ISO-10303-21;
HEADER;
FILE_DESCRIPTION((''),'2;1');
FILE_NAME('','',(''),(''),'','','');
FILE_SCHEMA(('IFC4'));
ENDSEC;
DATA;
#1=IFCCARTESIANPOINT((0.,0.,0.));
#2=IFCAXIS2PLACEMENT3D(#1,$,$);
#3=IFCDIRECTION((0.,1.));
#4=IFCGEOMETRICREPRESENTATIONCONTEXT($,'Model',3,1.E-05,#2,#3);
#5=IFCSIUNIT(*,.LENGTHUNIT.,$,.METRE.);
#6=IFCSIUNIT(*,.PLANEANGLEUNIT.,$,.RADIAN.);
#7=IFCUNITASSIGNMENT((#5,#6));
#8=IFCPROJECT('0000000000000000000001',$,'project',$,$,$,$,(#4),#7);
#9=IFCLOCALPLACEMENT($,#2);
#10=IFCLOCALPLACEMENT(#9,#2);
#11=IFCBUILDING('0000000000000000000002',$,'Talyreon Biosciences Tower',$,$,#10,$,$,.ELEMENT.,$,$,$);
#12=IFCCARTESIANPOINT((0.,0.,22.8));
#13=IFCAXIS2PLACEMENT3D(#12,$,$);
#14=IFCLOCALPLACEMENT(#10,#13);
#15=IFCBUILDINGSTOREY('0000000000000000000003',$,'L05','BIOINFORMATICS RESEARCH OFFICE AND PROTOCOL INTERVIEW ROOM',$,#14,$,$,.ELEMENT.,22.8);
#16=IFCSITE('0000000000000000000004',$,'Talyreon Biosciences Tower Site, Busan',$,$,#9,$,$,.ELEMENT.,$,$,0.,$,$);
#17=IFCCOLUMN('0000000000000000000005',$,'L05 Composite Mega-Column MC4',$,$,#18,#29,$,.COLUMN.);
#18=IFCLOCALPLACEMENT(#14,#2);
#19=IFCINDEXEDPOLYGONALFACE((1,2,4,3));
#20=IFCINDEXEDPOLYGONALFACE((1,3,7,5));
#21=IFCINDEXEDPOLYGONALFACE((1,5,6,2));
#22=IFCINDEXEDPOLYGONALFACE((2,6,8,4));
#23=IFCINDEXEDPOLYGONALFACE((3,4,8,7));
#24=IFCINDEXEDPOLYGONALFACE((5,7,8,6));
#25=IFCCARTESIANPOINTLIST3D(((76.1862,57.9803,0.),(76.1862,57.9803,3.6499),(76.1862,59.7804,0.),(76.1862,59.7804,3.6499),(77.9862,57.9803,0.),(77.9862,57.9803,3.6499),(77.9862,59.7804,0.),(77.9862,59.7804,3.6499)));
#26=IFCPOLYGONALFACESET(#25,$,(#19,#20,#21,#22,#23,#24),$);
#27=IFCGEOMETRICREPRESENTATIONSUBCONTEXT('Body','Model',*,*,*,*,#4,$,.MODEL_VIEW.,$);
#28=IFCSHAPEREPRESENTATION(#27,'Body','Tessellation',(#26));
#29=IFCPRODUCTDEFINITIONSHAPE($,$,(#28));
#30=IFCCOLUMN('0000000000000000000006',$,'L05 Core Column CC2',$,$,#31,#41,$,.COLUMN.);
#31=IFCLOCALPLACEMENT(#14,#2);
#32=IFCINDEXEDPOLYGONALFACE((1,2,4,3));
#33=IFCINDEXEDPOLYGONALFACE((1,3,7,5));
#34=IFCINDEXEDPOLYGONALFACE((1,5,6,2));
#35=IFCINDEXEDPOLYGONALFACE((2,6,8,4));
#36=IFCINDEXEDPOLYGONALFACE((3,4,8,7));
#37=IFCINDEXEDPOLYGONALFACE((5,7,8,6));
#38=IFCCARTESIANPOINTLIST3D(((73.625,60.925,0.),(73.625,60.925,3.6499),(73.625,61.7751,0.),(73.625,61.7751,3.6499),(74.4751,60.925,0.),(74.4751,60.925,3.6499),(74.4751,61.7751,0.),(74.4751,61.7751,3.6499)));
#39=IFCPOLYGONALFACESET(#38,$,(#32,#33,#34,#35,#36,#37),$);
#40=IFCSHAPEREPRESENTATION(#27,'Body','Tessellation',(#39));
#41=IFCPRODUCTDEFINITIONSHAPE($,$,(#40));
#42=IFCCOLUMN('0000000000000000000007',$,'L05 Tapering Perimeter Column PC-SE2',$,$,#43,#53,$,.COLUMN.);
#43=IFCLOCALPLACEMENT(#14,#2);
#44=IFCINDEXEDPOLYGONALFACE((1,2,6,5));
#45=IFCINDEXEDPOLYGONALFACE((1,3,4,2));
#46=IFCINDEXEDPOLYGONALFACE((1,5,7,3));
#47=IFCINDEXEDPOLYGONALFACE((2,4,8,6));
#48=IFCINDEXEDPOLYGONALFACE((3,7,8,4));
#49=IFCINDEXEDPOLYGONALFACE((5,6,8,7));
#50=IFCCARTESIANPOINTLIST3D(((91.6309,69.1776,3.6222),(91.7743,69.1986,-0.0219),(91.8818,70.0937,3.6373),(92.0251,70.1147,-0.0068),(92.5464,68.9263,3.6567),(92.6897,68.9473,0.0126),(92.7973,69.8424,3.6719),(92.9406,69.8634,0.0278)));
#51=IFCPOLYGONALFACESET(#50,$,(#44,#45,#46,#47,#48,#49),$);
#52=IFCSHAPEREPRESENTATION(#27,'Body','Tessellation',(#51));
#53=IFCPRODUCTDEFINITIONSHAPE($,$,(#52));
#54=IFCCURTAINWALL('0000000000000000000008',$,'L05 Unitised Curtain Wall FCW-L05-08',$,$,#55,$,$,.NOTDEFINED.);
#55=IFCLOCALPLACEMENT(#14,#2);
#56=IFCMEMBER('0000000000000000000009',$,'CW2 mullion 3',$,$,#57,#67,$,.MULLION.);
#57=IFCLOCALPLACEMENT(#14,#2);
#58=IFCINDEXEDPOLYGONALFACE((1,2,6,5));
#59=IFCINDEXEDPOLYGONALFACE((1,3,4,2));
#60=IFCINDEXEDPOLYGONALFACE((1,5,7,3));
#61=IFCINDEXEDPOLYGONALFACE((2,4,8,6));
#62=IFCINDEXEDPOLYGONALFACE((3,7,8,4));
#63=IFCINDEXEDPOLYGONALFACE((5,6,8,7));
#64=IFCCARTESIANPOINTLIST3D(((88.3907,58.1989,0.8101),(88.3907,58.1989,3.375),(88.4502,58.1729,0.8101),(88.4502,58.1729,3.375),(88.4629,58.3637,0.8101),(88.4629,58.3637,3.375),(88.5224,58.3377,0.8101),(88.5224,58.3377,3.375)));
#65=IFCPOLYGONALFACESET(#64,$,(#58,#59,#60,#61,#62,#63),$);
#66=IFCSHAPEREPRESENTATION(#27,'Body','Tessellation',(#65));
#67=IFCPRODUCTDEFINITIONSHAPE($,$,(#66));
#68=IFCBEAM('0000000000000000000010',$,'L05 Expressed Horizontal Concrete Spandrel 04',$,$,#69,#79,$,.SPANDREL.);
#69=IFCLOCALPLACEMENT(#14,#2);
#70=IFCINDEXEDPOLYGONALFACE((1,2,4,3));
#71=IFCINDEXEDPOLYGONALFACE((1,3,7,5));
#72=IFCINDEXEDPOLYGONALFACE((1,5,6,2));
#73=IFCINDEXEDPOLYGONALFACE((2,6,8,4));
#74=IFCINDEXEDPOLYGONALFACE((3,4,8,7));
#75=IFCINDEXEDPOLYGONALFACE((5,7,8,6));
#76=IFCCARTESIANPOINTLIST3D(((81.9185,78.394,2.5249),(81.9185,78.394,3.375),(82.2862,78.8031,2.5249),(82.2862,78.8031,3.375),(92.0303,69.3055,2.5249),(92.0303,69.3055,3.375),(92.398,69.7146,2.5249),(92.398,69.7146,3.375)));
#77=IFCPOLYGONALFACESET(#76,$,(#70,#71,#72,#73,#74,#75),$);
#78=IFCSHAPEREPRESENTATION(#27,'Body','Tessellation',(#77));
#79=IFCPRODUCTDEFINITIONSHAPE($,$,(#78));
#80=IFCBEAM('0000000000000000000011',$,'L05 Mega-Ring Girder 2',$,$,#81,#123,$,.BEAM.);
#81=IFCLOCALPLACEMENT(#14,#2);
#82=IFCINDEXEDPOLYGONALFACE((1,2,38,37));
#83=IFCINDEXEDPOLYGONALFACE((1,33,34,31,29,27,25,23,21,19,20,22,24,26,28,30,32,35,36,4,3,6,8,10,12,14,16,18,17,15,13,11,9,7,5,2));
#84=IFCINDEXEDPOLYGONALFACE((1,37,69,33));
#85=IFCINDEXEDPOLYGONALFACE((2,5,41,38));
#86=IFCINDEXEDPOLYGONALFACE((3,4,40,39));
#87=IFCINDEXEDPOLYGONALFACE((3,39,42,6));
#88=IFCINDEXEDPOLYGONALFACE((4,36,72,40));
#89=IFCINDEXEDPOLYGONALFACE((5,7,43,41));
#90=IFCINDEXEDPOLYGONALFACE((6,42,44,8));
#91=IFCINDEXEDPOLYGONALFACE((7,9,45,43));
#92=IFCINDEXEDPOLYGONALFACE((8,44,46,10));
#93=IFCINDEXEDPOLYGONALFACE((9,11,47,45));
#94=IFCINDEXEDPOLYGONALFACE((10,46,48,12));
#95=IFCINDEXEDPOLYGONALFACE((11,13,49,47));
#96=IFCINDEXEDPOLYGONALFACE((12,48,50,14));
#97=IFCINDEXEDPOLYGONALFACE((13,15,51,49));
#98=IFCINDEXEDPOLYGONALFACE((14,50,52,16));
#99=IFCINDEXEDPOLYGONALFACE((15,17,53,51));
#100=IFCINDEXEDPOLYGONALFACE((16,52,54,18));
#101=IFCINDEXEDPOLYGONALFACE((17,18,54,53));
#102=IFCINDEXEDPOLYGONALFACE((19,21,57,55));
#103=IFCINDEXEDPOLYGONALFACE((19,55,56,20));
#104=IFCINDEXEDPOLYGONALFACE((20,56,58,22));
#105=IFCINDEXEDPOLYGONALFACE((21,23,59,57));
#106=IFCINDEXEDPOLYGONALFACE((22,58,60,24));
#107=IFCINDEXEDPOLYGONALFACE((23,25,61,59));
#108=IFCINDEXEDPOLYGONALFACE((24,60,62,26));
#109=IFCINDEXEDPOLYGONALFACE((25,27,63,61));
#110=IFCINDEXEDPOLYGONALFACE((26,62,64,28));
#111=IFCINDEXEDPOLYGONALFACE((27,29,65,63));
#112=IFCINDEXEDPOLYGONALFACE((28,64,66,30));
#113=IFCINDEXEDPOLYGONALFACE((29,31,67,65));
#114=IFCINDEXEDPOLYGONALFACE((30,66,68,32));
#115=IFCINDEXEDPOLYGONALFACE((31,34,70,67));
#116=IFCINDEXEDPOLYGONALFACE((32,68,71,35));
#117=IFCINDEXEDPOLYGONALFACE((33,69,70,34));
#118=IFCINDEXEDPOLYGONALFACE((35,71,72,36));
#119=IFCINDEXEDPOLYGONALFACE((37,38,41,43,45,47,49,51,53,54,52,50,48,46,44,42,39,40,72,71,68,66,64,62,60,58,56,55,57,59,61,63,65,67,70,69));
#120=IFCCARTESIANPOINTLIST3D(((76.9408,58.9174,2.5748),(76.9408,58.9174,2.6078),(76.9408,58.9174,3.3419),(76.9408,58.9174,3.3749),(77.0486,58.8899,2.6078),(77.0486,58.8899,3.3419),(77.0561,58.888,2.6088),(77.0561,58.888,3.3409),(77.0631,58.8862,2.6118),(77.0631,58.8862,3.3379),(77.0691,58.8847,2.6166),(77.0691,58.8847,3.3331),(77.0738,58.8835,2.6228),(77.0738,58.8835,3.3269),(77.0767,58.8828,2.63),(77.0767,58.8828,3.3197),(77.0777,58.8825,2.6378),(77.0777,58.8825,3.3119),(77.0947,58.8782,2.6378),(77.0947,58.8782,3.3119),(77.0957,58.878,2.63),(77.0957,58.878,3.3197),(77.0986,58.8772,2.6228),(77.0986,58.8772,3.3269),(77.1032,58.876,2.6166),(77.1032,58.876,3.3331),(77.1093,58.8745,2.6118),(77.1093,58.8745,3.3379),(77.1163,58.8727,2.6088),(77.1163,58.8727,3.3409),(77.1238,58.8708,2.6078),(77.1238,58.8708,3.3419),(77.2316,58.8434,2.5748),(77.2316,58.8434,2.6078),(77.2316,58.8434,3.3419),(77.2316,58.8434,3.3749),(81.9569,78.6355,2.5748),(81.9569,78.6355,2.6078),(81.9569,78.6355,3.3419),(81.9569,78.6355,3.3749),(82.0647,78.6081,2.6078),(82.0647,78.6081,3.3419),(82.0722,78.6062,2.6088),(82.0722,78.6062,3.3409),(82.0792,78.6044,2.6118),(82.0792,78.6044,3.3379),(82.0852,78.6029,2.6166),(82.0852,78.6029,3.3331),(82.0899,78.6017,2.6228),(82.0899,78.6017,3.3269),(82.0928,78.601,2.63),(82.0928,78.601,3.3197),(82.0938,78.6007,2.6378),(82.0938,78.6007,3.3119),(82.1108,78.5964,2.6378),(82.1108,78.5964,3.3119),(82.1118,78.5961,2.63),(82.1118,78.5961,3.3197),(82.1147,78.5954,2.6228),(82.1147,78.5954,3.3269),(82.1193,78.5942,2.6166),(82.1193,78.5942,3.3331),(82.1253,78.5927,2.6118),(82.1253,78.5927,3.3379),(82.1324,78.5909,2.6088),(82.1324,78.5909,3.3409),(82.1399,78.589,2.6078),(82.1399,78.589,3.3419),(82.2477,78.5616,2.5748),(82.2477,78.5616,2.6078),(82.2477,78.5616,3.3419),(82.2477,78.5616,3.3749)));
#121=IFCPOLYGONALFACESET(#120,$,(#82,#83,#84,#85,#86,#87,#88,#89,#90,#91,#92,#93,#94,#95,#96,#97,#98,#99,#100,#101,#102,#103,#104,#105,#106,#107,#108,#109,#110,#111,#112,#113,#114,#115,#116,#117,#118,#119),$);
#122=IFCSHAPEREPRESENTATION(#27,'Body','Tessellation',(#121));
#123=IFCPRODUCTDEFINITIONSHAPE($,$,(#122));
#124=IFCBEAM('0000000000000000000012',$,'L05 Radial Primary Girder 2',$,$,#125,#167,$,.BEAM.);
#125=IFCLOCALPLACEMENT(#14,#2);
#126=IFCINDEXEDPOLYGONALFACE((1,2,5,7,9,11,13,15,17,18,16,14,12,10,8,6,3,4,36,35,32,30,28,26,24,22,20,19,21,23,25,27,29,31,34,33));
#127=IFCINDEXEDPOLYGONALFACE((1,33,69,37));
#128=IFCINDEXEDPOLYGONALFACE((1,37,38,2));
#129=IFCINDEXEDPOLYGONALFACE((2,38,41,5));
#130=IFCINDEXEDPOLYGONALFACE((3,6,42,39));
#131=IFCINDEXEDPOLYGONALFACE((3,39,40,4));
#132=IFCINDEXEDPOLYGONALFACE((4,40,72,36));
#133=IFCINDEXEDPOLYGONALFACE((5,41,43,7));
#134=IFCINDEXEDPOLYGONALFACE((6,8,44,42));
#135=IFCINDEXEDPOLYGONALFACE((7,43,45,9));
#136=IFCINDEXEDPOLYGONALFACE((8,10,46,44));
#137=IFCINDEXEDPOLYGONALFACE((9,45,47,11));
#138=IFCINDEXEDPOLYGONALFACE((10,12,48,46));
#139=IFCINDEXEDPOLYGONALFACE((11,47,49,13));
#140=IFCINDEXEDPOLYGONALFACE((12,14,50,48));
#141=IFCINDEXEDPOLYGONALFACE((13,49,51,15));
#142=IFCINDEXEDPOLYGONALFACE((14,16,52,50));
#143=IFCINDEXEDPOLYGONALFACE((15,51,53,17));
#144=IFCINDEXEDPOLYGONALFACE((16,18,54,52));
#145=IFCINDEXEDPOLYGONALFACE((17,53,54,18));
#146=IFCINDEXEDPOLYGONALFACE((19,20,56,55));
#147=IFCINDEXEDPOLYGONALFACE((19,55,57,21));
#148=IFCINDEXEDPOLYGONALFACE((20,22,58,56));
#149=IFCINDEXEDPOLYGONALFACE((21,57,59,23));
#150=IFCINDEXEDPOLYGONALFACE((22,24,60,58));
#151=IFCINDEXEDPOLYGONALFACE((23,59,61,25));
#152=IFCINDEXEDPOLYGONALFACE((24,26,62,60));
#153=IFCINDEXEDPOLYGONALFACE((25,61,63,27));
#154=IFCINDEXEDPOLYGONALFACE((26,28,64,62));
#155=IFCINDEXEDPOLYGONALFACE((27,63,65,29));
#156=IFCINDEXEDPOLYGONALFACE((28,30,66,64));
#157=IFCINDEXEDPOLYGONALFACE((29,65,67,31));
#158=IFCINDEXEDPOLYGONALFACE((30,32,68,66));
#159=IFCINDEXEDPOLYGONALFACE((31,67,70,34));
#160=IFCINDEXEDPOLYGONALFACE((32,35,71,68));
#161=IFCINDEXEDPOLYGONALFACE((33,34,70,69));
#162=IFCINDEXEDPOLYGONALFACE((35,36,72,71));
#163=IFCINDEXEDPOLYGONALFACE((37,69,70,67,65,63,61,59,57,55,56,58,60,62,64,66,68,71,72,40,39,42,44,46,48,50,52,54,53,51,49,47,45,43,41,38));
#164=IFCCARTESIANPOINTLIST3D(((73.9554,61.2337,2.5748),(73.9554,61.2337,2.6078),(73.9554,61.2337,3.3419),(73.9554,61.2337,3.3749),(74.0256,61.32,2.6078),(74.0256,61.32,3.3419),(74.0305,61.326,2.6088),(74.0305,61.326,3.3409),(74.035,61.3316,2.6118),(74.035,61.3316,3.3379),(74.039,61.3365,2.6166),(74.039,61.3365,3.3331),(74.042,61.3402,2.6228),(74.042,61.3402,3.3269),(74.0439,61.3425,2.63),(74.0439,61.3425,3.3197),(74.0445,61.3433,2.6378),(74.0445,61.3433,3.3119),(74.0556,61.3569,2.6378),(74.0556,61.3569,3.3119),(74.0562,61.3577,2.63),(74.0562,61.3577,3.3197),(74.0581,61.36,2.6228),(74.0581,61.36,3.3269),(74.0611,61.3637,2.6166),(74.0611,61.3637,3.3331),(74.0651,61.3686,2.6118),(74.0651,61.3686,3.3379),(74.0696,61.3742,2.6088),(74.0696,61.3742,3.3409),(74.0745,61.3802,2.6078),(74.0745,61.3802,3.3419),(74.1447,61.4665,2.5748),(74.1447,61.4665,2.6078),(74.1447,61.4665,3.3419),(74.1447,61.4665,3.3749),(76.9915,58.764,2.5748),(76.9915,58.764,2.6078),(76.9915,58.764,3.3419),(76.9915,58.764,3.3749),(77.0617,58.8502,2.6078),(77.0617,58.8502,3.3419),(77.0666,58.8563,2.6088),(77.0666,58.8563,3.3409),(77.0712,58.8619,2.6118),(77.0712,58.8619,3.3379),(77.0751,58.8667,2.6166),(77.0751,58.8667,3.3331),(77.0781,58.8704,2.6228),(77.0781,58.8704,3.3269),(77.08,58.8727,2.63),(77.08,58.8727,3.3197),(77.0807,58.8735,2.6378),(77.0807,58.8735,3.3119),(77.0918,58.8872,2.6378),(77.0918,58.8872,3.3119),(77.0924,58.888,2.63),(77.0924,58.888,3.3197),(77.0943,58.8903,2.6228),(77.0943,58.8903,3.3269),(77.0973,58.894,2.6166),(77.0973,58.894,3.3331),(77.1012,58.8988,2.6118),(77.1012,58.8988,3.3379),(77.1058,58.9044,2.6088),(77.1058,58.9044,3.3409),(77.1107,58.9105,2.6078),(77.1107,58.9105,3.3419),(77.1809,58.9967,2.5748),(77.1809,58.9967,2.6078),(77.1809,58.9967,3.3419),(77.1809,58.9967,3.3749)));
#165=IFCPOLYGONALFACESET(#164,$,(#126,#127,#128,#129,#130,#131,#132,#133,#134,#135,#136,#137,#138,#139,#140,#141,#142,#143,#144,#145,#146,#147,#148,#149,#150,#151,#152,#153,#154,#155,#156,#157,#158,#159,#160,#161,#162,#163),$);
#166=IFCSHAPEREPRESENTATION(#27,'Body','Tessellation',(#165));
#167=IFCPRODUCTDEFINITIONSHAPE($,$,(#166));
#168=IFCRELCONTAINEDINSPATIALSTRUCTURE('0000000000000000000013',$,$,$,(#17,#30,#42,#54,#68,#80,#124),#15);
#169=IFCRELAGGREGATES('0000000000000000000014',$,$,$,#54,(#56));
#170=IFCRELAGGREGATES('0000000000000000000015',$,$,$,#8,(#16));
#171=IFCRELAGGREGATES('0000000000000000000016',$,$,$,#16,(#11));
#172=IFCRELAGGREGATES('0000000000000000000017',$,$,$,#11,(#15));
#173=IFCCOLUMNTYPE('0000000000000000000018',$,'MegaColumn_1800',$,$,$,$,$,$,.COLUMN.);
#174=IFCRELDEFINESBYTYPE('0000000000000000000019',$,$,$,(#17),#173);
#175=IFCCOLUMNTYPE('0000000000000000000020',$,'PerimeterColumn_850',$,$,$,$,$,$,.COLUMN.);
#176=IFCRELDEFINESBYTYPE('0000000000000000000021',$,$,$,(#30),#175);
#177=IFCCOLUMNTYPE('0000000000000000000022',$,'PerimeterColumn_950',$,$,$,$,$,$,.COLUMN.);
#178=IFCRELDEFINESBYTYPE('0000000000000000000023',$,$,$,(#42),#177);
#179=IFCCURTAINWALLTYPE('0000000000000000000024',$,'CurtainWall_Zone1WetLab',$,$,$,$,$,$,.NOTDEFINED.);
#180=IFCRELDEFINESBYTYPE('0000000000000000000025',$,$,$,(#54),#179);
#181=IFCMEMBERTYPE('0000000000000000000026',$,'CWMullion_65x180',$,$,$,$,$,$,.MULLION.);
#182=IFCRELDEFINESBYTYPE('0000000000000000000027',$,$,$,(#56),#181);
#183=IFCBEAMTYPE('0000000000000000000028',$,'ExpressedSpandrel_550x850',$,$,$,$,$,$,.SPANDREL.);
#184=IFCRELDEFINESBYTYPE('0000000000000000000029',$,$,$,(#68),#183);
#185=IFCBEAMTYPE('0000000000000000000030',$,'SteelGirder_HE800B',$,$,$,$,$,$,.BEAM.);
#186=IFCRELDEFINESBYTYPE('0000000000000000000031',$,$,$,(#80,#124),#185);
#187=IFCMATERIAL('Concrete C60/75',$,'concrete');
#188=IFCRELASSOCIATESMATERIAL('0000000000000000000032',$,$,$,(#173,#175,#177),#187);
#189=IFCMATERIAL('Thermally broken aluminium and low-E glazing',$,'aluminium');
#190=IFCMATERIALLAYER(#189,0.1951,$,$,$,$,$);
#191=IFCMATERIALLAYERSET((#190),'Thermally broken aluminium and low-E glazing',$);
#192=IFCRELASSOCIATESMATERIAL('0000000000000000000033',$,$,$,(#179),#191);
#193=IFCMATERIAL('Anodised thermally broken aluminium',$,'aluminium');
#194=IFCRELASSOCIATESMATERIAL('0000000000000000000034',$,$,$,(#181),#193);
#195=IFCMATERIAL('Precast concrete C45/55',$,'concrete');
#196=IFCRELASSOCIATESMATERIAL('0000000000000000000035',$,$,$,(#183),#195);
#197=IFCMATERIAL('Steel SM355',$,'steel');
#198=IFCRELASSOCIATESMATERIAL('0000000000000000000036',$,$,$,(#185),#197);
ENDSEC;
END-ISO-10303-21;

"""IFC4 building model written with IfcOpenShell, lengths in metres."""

from ifc_helpers import new_model, si_unit, direction, frame, origin, origin_2d, place, context, subcontext, project, spatial, rectangle, i_section, extrude, material, layer, layer_set, material_profile, profile_set, type_object, element, aggregate, save


model = new_model("IFC4")

# Units and contexts
model_context = context("Model", 3, precision=1e-05, world=origin(), true_north=direction((0.0, 1.0)))
body_context = subcontext(model_context, "Body", "Model", "MODEL_VIEW")
ifc_project = project(units=[si_unit("LENGTHUNIT", "METRE"), si_unit("PLANEANGLEUNIT", "RADIAN")], contexts=[model_context])

# Site, building, storey
site_placement = place(None, origin())
site = spatial("IfcSite", under=ifc_project, at=site_placement, Name="Talyreon Biosciences Tower Site, Busan", CompositionType="ELEMENT", RefElevation=0.0)
building_placement = place(site_placement, origin())
building = spatial("IfcBuilding", under=site, at=building_placement, Name="Talyreon Biosciences Tower", CompositionType="ELEMENT")
storey_placement = place(building_placement, frame((0.0, 0.0, 22.8)))
storey = spatial("IfcBuildingStorey", under=building, at=storey_placement, Name="L05", Description="BIOINFORMATICS RESEARCH OFFICE AND PROTOCOL INTERVIEW ROOM", CompositionType="ELEMENT", Elevation=22.8)

# Columns
ifc_material_1 = material(Name="Concrete C60/75", Category="concrete")
ifc_material_profile_1 = material_profile(ifc_material_1, rectangle(XDim=1.8, YDim=1.8, at=origin_2d()), Name="RC 1800x1800")
ifc_profile_set_1 = profile_set([ifc_material_profile_1], Name="Concrete C60/75")
column_type_1 = type_object("IfcColumnType", Name="MegaColumn_1800", PredefinedType="COLUMN", material=ifc_profile_set_1)
column_1_placement = place(storey_placement, frame((77.0862, 58.8804, 0.0), z_axis=(0.0, 0.0, 1.0), x_axis=(1.0, 0.0, 0.0)))
element("IfcColumn", 1, at=column_1_placement, inside=storey, type_object=column_type_1, Name="L05 Composite Mega-Column MC4", PredefinedType="COLUMN", context=body_context, shape_type="SweptSolid", body=[
    extrude(rectangle(XDim=1.8, YDim=1.8, at=origin_2d()), origin(), (0.0, 0.0, 1.0), 3.6499),
])
ifc_material_profile_2 = material_profile(ifc_material_1, rectangle(XDim=0.8501, YDim=0.8501, at=origin_2d()), Name="RC 850x850")
ifc_profile_set_2 = profile_set([ifc_material_profile_2], Name="Concrete C60/75")
column_type_2 = type_object("IfcColumnType", Name="PerimeterColumn_850", PredefinedType="COLUMN", material=ifc_profile_set_2)
column_2_placement = place(storey_placement, frame((74.05, 61.3501, 0.0), z_axis=(0.0, 0.0, 1.0), x_axis=(1.0, 0.0, 0.0)))
element("IfcColumn", 2, at=column_2_placement, inside=storey, type_object=column_type_2, Name="L05 Core Column CC2", PredefinedType="COLUMN", context=body_context, shape_type="SweptSolid", body=[
    extrude(rectangle(XDim=0.8501, YDim=0.8501, at=origin_2d()), origin(), (0.0, 0.0, 1.0), 3.6499),
])
ifc_material_profile_3 = material_profile(ifc_material_1, rectangle(XDim=0.95, YDim=0.95, at=origin_2d()), Name="RC 950x950")
ifc_profile_set_3 = profile_set([ifc_material_profile_3], Name="Concrete C60/75")
column_type_3 = type_object("IfcColumnType", Name="PerimeterColumn_950", PredefinedType="COLUMN", material=ifc_profile_set_3)
column_3_placement = place(storey_placement, frame((92.3574, 69.531, 0.0029), z_axis=(-0.039296, -0.005757, 0.999211), x_axis=(0.963704, -0.264483, 0.036376)))
element("IfcColumn", 3, at=column_3_placement, inside=storey, type_object=column_type_3, Name="L05 Tapering Perimeter Column PC-SE2", PredefinedType="COLUMN", context=body_context, shape_type="SweptSolid", body=[
    extrude(rectangle(XDim=0.95, YDim=0.95, at=origin_2d()), origin(), (0.0, 0.0, 1.0), 3.647),
])

# Curtain wall, member
ifc_material_2 = material(Name="Thermally broken aluminium and low-E glazing", Category="aluminium")
ifc_layer_1 = layer(ifc_material_2, 0.1951)
ifc_layer_set_1 = layer_set([ifc_layer_1], Name="Thermally broken aluminium and low-E glazing")
curtain_wall_type = type_object("IfcCurtainWallType", Name="CurtainWall_Zone1WetLab", PredefinedType="NOTDEFINED", material=ifc_layer_set_1)
curtain_wall_placement = place(storey_placement, origin())
curtain_wall = element("IfcCurtainWall", 4, at=curtain_wall_placement, inside=storey, type_object=curtain_wall_type, Name="L05 Unitised Curtain Wall FCW-L05-08", PredefinedType="NOTDEFINED")
ifc_material_3 = material(Name="Anodised thermally broken aluminium", Category="aluminium")
ifc_material_profile_4 = material_profile(ifc_material_3, rectangle(XDim=0.0649, YDim=0.1799, at=origin_2d()), Name="ALUM MULLION 65x180")
ifc_profile_set_4 = profile_set([ifc_material_profile_4], Name="Anodised thermally broken aluminium")
member_type = type_object("IfcMemberType", Name="CWMullion_65x180", PredefinedType="MULLION", material=ifc_profile_set_4)
member_placement = place(storey_placement, frame((88.4565, 58.2683, 0.8101), z_axis=(0.0, 0.0, 1.0), x_axis=(0.915927, -0.401345, 0.0)))
member = element("IfcMember", 5, at=member_placement, type_object=member_type, Name="CW2 mullion 3", PredefinedType="MULLION", context=body_context, shape_type="SweptSolid", body=[
    extrude(rectangle(XDim=0.0649, YDim=0.1799, at=origin_2d()), origin(), (0.0, 0.0, 1.0), 2.5649),
])

# Beams
ifc_material_4 = material(Name="Precast concrete C45/55", Category="concrete")
ifc_material_profile_5 = material_profile(ifc_material_4, rectangle(XDim=0.55, YDim=0.8501, at=origin_2d()), Name="RCB 550x850")
ifc_profile_set_5 = profile_set([ifc_material_profile_5], Name="Precast concrete C45/55")
beam_type_1 = type_object("IfcBeamType", Name="ExpressedSpandrel_550x850", PredefinedType="SPANDREL", material=ifc_profile_set_5)
beam_1_placement = place(storey_placement, frame((92.2141, 69.51, 2.95), z_axis=(-0.743733, 0.668476, 0.0), x_axis=(-0.668476, -0.743733, 0.0)))
element("IfcBeam", 6, at=beam_1_placement, inside=storey, type_object=beam_type_1, Name="L05 Expressed Horizontal Concrete Spandrel 04", PredefinedType="SPANDREL", context=body_context, shape_type="SweptSolid", body=[
    extrude(rectangle(XDim=0.55, YDim=0.8501, at=origin_2d()), origin(), (0.0, 0.0, 1.0), 13.5959),
])
ifc_material_5 = material(Name="Steel SM355", Category="steel")
ifc_material_profile_6 = material_profile(ifc_material_5, i_section(OverallWidth=0.3, OverallDepth=0.8, WebThickness=0.0176, FlangeThickness=0.033, FilletRadius=0.03, at=origin_2d()), Name="HE800B")
ifc_profile_set_6 = profile_set([ifc_material_profile_6], Name="Steel SM355")
beam_type_2 = type_object("IfcBeamType", Name="SteelGirder_HE800B", PredefinedType="BEAM", material=ifc_profile_set_6)
beam_2_placement = place(storey_placement, frame((77.0862, 58.8804, 2.9749), z_axis=(0.246537, 0.969133, 0.0), x_axis=(-0.969133, 0.246537, 0.0)))
element("IfcBeam", 7, at=beam_2_placement, inside=storey, type_object=beam_type_2, Name="L05 Mega-Ring Girder 2", PredefinedType="BEAM", context=body_context, shape_type="SweptSolid", body=[
    extrude(i_section(OverallWidth=0.3, OverallDepth=0.8, WebThickness=0.0176, FlangeThickness=0.033, FilletRadius=0.03, at=origin_2d()), origin(), (0.0, 0.0, 1.0), 20.3462),
])
beam_3_placement = place(storey_placement, frame((74.05, 61.3501, 2.9749), z_axis=(0.775755, -0.631034, 0.0), x_axis=(0.631034, 0.775755, 0.0)))
element("IfcBeam", 8, at=beam_3_placement, inside=storey, type_object=beam_type_2, Name="L05 Radial Primary Girder 2", PredefinedType="BEAM", context=body_context, shape_type="SweptSolid", body=[
    extrude(i_section(OverallWidth=0.3, OverallDepth=0.8, WebThickness=0.0176, FlangeThickness=0.033, FilletRadius=0.03, at=origin_2d()), origin(), (0.0, 0.0, 1.0), 3.9138),
])

aggregate(curtain_wall, [member])

save(model, "model.ifc")
